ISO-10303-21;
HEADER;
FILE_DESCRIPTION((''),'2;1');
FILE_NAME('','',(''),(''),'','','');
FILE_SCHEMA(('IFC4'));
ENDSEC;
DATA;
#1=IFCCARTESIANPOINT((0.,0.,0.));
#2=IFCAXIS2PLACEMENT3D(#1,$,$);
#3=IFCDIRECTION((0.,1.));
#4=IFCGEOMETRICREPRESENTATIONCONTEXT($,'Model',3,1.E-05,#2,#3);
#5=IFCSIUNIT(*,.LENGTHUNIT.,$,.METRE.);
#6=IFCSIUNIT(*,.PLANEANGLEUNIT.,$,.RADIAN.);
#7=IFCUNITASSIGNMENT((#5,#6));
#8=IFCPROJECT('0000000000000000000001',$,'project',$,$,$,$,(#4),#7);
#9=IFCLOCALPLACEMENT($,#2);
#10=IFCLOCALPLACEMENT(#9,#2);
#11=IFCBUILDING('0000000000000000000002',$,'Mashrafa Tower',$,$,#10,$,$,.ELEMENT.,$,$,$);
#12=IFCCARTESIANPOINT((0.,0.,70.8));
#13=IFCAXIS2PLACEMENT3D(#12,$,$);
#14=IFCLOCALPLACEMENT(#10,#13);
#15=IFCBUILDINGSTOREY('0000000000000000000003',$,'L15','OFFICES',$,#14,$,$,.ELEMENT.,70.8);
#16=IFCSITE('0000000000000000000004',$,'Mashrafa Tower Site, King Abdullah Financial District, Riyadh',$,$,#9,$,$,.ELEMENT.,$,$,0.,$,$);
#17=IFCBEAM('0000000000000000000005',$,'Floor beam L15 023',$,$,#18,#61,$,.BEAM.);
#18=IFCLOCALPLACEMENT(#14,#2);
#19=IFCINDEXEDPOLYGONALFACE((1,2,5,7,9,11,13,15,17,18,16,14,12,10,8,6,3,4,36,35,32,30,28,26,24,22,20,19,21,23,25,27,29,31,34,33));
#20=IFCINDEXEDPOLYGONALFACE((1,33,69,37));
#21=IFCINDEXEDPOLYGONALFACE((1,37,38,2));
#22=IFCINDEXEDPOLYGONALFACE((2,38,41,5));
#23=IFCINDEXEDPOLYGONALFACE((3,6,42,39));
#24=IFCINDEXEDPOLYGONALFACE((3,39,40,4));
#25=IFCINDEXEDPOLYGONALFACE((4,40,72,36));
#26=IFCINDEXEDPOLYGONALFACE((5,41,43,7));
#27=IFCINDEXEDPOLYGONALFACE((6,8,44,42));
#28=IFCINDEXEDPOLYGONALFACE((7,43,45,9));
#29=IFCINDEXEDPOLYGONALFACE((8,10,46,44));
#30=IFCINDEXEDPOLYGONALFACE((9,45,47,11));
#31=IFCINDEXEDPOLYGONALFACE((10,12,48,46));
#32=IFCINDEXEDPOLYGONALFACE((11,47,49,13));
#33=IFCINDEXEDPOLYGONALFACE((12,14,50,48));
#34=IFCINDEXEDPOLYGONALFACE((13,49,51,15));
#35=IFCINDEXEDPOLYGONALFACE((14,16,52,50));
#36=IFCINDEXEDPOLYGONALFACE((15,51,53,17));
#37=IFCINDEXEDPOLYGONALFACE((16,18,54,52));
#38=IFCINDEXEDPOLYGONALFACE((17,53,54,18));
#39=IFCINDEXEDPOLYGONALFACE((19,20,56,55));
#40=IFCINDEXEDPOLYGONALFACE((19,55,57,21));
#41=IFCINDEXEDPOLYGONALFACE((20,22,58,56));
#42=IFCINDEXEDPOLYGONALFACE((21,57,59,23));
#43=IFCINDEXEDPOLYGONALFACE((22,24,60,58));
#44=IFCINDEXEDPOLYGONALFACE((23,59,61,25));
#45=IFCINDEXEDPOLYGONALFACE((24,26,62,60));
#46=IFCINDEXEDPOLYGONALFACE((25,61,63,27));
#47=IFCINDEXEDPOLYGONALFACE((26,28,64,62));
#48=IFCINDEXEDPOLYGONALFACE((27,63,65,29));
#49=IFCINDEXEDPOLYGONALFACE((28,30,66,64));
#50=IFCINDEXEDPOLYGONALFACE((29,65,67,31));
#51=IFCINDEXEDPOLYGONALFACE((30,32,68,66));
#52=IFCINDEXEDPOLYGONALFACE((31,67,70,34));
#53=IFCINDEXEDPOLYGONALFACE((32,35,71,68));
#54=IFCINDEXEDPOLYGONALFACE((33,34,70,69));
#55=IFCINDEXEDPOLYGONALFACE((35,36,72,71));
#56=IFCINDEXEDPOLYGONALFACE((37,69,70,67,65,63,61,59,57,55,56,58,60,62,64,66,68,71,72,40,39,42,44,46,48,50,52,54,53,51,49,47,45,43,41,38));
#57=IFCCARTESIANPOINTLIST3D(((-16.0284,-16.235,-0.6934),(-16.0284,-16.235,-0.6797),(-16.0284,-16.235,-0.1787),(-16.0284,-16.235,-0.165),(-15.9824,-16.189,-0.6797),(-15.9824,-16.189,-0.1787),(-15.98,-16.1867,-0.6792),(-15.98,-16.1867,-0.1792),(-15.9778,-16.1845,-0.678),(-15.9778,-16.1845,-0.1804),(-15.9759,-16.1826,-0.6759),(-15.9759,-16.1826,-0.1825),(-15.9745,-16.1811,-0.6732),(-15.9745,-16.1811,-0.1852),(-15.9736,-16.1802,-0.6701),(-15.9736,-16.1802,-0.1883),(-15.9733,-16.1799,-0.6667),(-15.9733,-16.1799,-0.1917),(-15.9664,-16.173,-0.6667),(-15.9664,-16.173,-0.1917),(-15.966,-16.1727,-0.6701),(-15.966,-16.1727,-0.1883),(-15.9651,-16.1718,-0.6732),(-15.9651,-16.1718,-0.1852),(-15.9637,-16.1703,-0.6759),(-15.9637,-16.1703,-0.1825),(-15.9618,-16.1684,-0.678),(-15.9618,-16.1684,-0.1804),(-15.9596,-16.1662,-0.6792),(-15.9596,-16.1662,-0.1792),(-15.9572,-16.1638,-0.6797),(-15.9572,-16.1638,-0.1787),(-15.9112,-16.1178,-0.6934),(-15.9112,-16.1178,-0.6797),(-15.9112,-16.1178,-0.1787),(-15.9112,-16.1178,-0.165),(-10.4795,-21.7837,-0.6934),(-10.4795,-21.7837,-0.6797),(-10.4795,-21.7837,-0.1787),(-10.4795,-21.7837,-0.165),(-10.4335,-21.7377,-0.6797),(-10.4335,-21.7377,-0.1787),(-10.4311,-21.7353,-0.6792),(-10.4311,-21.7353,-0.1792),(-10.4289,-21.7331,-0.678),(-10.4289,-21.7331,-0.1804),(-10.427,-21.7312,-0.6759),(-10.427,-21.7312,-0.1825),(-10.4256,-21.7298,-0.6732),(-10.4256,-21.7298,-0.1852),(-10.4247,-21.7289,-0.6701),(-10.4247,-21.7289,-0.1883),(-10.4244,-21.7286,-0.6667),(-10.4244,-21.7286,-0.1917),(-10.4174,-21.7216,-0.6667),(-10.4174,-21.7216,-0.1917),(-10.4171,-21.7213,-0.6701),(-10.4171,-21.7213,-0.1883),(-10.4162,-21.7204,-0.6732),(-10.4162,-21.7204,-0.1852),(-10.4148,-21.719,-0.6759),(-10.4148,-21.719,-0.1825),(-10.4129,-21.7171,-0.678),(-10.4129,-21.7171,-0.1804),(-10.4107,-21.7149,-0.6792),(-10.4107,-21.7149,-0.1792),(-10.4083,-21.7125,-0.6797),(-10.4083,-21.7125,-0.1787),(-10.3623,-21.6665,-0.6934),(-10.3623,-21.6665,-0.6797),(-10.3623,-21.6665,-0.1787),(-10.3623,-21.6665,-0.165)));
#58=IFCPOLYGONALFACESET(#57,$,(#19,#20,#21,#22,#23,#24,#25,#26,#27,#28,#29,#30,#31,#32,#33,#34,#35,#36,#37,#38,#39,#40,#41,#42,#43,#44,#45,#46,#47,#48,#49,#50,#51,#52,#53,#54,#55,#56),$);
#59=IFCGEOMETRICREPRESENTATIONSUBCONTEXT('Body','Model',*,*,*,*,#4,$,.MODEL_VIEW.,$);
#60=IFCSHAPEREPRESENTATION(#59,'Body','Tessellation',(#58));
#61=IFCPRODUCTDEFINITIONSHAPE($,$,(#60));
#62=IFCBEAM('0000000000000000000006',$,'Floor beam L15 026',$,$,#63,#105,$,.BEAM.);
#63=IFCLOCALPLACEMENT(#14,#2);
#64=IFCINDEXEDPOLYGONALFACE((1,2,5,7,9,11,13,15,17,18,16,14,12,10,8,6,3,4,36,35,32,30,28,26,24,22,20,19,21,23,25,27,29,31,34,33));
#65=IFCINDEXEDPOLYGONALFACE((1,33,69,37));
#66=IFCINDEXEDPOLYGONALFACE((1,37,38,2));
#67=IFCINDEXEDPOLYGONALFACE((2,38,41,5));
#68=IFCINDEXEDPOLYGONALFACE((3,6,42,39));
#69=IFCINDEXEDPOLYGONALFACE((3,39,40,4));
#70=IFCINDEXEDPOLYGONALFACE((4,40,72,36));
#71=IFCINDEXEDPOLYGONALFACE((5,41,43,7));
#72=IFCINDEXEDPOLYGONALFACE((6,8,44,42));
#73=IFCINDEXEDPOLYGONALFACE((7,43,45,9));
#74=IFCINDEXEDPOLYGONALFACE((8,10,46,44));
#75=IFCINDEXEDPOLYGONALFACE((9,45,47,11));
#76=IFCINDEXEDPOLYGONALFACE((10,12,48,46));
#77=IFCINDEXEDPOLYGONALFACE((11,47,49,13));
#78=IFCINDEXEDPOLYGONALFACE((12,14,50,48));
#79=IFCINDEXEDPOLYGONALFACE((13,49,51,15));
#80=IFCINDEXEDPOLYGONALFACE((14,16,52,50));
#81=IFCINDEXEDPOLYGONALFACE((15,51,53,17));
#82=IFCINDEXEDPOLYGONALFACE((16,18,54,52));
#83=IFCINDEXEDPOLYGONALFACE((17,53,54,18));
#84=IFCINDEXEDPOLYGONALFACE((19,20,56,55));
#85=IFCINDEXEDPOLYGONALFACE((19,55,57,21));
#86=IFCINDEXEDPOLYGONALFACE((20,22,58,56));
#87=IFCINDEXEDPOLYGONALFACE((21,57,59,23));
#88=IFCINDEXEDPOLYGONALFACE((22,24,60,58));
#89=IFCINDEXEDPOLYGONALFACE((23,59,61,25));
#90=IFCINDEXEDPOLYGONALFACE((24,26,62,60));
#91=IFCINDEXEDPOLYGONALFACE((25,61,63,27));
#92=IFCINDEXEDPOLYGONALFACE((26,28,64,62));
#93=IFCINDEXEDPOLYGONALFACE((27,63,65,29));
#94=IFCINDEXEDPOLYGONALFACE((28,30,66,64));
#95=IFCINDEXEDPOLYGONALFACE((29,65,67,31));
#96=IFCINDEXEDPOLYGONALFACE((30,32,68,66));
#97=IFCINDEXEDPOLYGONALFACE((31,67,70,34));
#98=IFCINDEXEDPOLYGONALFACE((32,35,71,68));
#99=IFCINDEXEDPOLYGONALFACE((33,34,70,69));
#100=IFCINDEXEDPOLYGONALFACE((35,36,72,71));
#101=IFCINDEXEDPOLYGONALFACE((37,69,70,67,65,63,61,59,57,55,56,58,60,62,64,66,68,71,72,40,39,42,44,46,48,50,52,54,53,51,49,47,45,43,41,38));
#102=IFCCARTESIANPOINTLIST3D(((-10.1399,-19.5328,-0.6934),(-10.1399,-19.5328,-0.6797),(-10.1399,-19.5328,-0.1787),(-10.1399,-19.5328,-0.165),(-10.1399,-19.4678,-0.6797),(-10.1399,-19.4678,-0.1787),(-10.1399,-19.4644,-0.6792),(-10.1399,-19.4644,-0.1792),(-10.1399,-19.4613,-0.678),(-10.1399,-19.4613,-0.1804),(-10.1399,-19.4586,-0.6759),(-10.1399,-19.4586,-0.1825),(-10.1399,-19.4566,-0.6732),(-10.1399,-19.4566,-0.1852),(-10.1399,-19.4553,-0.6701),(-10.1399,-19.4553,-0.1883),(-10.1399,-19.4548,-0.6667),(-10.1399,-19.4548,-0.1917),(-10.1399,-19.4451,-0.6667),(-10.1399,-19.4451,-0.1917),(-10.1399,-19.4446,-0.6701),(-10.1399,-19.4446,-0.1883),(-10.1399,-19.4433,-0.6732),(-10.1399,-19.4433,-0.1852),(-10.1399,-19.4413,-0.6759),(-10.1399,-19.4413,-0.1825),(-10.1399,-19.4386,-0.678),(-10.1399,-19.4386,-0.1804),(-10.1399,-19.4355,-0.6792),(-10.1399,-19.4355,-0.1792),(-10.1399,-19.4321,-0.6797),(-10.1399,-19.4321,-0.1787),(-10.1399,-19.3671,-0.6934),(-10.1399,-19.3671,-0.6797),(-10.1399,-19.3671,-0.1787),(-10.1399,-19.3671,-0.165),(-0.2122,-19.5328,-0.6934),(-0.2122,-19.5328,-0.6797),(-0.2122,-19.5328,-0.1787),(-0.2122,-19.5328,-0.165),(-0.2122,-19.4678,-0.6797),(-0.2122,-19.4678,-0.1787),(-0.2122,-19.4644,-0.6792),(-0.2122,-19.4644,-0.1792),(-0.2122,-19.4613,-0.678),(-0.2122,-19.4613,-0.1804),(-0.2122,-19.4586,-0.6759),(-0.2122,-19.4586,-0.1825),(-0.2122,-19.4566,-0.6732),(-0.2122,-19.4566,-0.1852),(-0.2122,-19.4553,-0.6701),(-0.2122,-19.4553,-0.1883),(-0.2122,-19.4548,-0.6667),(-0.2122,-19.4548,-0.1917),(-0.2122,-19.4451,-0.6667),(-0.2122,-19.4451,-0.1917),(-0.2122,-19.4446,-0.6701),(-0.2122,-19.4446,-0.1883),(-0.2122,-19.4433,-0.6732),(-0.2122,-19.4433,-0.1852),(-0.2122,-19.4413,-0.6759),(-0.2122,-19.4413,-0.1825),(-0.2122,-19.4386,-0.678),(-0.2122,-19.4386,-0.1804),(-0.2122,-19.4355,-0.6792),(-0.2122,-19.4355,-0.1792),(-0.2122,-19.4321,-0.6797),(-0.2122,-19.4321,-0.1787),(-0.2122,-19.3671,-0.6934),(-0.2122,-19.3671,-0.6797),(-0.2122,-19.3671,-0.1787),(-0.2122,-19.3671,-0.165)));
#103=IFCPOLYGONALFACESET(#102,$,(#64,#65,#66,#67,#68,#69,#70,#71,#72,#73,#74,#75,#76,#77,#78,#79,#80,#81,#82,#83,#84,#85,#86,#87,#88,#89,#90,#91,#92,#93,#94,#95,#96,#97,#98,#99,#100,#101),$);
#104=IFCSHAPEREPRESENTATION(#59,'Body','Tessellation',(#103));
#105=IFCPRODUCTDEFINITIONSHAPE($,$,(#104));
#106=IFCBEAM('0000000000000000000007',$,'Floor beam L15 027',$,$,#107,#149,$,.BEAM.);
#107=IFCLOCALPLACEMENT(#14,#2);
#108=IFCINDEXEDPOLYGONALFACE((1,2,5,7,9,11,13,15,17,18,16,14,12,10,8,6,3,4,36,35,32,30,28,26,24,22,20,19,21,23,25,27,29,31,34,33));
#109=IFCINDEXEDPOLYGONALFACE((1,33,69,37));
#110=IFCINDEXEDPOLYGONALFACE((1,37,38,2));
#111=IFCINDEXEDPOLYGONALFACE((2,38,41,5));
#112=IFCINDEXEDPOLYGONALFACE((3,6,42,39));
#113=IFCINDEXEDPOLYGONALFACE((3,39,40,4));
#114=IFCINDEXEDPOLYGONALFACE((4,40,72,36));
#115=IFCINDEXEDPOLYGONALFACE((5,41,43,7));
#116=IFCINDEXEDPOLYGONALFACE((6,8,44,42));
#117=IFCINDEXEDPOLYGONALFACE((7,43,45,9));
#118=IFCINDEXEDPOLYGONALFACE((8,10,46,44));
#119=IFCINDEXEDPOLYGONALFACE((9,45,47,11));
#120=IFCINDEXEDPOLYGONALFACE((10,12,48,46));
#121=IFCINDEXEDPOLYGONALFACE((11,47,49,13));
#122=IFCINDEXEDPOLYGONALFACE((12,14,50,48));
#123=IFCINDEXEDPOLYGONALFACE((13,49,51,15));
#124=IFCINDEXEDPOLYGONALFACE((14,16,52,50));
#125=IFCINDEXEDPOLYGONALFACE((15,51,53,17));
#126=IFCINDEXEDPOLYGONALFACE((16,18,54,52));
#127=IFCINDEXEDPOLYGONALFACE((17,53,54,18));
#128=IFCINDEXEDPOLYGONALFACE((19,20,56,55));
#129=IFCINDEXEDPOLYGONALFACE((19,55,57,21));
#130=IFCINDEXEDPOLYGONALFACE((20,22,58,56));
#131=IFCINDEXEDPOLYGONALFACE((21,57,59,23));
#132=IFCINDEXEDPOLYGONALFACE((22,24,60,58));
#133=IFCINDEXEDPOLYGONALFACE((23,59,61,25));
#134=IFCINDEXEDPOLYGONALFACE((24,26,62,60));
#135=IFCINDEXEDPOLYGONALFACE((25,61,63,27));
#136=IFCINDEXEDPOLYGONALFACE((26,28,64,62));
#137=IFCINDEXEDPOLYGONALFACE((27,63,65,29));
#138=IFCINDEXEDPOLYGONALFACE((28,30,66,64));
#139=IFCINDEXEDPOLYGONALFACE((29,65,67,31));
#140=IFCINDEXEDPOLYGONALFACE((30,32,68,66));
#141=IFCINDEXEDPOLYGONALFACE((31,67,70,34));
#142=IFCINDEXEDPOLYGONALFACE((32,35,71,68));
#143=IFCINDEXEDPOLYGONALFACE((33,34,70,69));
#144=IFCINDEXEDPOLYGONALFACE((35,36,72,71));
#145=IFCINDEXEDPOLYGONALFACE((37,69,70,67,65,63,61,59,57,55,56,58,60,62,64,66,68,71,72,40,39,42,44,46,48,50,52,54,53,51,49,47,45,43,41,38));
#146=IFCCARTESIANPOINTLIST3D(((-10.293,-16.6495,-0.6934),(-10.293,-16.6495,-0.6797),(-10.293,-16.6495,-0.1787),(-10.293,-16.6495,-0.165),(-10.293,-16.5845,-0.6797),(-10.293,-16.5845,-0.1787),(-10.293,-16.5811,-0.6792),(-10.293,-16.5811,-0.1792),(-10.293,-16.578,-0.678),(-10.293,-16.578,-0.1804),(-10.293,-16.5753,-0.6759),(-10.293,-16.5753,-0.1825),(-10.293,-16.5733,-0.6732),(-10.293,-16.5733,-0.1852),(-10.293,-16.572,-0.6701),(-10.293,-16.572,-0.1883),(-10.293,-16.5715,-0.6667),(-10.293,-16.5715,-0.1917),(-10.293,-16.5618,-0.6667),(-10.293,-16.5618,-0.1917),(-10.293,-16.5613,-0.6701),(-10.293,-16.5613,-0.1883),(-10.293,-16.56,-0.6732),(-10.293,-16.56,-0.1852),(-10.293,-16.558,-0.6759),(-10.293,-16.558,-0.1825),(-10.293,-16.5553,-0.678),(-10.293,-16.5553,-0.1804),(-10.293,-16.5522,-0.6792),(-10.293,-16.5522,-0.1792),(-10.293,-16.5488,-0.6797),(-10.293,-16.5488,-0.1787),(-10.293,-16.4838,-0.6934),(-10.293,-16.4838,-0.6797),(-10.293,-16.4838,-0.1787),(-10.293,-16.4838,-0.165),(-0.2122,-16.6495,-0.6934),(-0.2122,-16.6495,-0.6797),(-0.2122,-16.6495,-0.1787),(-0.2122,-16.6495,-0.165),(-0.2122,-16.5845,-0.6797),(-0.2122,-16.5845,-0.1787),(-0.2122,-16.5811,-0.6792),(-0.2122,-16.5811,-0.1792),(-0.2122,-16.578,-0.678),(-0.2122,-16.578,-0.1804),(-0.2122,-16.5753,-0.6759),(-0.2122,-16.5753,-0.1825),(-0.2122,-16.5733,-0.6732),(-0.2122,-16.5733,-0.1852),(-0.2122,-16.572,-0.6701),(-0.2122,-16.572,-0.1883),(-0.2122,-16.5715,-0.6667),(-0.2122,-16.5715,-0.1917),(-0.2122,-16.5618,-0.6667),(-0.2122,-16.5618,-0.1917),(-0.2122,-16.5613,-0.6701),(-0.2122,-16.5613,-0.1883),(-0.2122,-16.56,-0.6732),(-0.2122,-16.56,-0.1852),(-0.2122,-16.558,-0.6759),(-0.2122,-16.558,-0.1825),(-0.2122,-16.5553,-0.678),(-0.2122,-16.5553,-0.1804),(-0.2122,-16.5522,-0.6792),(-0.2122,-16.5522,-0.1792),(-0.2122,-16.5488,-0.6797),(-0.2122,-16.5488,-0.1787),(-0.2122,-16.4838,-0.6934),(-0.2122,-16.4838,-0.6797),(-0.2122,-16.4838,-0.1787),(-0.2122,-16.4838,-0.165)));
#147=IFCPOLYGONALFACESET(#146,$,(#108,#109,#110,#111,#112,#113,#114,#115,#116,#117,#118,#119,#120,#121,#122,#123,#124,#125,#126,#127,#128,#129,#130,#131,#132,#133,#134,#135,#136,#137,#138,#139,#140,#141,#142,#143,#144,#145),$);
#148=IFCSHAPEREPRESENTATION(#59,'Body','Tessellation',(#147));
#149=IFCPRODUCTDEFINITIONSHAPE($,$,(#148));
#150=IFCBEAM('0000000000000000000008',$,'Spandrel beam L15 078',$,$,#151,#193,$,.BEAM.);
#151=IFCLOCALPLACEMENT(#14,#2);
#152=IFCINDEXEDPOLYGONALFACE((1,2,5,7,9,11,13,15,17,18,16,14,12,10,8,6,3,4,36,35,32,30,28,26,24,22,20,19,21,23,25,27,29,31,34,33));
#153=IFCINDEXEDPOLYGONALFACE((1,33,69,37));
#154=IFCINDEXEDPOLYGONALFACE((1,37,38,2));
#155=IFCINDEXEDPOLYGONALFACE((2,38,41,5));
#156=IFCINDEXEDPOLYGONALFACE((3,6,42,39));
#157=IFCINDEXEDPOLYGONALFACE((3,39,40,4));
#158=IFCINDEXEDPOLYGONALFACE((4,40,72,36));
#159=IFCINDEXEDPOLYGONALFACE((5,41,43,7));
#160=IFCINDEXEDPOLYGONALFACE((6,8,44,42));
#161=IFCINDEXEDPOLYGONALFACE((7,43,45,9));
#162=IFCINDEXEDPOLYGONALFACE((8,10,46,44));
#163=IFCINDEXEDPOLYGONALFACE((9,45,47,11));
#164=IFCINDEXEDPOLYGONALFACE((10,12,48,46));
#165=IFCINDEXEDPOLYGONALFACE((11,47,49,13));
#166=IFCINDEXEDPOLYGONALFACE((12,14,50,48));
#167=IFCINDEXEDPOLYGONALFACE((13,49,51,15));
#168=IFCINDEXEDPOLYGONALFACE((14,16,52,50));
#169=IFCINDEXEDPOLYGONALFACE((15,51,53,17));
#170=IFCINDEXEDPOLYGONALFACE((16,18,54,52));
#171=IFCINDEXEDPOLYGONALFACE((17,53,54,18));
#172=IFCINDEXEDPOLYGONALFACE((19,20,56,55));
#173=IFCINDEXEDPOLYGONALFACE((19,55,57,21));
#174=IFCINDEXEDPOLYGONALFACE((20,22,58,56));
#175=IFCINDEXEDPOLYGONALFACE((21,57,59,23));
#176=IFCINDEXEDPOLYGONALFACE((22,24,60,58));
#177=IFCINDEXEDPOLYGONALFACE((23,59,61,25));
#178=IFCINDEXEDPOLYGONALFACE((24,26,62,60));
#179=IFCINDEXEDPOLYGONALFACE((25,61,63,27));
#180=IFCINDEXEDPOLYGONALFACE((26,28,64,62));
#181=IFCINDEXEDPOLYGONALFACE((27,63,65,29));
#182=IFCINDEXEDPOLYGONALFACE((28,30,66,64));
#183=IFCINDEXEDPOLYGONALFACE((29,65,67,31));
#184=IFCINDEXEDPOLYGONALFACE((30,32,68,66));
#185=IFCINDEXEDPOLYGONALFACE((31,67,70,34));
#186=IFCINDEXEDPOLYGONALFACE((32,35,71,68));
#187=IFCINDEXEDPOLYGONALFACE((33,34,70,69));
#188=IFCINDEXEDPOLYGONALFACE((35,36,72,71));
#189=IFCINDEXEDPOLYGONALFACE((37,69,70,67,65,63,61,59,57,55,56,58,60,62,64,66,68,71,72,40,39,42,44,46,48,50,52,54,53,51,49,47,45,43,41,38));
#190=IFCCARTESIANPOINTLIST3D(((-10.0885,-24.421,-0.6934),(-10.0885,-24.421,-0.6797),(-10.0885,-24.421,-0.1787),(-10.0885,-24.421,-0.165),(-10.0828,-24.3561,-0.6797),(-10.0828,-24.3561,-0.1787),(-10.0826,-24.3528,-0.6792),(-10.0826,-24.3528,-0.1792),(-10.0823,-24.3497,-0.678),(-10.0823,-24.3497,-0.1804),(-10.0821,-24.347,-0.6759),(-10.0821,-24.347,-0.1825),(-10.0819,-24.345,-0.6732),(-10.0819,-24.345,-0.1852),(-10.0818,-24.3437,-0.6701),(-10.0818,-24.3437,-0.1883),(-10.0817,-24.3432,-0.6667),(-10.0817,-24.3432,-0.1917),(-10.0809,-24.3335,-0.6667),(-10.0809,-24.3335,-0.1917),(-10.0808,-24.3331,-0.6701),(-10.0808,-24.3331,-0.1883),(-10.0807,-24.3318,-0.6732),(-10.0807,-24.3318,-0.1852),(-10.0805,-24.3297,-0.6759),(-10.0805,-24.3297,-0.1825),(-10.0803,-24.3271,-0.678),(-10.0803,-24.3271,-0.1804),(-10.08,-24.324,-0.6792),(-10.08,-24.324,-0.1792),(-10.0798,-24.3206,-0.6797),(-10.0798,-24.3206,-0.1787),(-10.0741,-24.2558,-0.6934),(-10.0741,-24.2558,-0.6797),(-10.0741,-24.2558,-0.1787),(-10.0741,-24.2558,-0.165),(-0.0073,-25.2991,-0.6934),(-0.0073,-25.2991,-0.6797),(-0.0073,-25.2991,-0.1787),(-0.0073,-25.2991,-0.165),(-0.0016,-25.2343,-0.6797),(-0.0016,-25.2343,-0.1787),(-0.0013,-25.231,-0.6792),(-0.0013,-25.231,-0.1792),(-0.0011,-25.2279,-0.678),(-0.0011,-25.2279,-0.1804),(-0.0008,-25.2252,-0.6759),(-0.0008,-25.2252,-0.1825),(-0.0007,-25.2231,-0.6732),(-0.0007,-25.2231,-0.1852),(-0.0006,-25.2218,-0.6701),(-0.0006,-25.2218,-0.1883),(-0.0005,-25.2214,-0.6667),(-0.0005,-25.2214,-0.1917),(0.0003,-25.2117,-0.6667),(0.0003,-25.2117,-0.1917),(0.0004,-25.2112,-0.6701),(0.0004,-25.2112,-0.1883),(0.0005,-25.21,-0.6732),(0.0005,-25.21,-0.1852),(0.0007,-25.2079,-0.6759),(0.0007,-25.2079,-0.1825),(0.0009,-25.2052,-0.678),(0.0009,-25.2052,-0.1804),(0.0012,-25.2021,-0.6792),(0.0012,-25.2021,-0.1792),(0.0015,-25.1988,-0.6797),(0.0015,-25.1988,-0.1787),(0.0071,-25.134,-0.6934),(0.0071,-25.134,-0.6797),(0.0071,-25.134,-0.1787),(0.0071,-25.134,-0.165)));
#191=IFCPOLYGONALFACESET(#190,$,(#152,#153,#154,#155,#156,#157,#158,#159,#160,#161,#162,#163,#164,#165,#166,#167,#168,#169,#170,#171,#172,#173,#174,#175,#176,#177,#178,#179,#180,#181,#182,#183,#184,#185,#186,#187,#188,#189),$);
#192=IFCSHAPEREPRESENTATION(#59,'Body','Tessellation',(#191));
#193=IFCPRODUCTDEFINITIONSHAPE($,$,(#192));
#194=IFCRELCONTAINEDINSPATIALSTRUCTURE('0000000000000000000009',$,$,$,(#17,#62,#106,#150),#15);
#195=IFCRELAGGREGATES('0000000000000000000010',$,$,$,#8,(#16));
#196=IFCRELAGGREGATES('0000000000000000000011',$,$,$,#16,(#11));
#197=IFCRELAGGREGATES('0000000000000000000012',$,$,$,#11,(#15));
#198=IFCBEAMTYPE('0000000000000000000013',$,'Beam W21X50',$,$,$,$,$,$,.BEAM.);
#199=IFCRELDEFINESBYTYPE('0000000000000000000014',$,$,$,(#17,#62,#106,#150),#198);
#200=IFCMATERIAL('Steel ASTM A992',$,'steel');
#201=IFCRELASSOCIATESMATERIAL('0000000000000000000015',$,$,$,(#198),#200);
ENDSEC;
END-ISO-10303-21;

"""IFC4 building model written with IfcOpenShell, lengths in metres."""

from ifc_helpers import new_model, si_unit, direction, frame, origin, origin_2d, place, context, subcontext, project, spatial, i_section, extrude, material, material_profile, profile_set, type_object, element, save


model = new_model("IFC4")

# Units and contexts
model_context = context("Model", 3, precision=1e-05, world=origin(), true_north=direction((0.0, 1.0)))
body_context = subcontext(model_context, "Body", "Model", "MODEL_VIEW")
ifc_project = project(units=[si_unit("LENGTHUNIT", "METRE"), si_unit("PLANEANGLEUNIT", "RADIAN")], contexts=[model_context])

# Site, building, storey
site_placement = place(None, origin())
site = spatial("IfcSite", under=ifc_project, at=site_placement, Name="Mashrafa Tower Site, King Abdullah Financial District, Riyadh", CompositionType="ELEMENT", RefElevation=0.0)
building_placement = place(site_placement, origin())
building = spatial("IfcBuilding", under=site, at=building_placement, Name="Mashrafa Tower", CompositionType="ELEMENT")
storey_placement = place(building_placement, frame((0.0, 0.0, 70.8)))
storey = spatial("IfcBuildingStorey", under=building, at=storey_placement, Name="L15", Description="OFFICES", CompositionType="ELEMENT", Elevation=70.8)

# Beams
ifc_material_1 = material(Name="Steel ASTM A992", Category="steel")
ifc_material_profile_1 = material_profile(ifc_material_1, i_section(OverallWidth=0.1658, OverallDepth=0.5283, WebThickness=0.0098, FlangeThickness=0.0137, FilletRadius=0.0129, at=origin_2d()), Name="W21X50")
ifc_profile_set_1 = profile_set([ifc_material_profile_1], Name="Steel ASTM A992")
beam_type_1 = type_object("IfcBeamType", Name="Beam W21X50", PredefinedType="BEAM", material=ifc_profile_set_1)
beam_1_placement = place(storey_placement, frame((-10.4209, -21.7251, -0.4292), z_axis=(-0.707122, 0.707091, 0.0), x_axis=(-0.707091, -0.707122, 0.0)))
element("IfcBeam", 1, at=beam_1_placement, inside=storey, type_object=beam_type_1, Name="Floor beam L15 023", PredefinedType="BEAM", context=body_context, shape_type="SweptSolid", body=[
    extrude(i_section(OverallWidth=0.1658, OverallDepth=0.5283, WebThickness=0.0098, FlangeThickness=0.0137, FilletRadius=0.0129, at=origin_2d()), origin(), (0.0, 0.0, 1.0), 7.8472),
])
beam_2_placement = place(storey_placement, frame((-0.2122, -19.45, -0.4292), z_axis=(-1.0, 0.0, 0.0), x_axis=(0.0, -1.0, 0.0)))
element("IfcBeam", 2, at=beam_2_placement, inside=storey, type_object=beam_type_1, Name="Floor beam L15 026", PredefinedType="BEAM", context=body_context, shape_type="SweptSolid", body=[
    extrude(i_section(OverallWidth=0.1658, OverallDepth=0.5283, WebThickness=0.0098, FlangeThickness=0.0137, FilletRadius=0.0129, at=origin_2d()), origin(), (0.0, 0.0, 1.0), 9.9277),
])
beam_3_placement = place(storey_placement, frame((-0.2122, -16.5667, -0.4292), z_axis=(-1.0, 0.0, 0.0), x_axis=(0.0, -1.0, 0.0)))
element("IfcBeam", 3, at=beam_3_placement, inside=storey, type_object=beam_type_1, Name="Floor beam L15 027", PredefinedType="BEAM", context=body_context, shape_type="SweptSolid", body=[
    extrude(i_section(OverallWidth=0.1658, OverallDepth=0.5283, WebThickness=0.0098, FlangeThickness=0.0137, FilletRadius=0.0129, at=origin_2d()), origin(), (0.0, 0.0, 1.0), 10.0808),
])
beam_4_placement = place(storey_placement, frame((-10.0813, -24.3384, -0.4292), z_axis=(0.996227, -0.086781, 0.0), x_axis=(0.086781, 0.996227, 0.0)))
element("IfcBeam", 4, at=beam_4_placement, inside=storey, type_object=beam_type_1, Name="Spandrel beam L15 078", PredefinedType="BEAM", context=body_context, shape_type="SweptSolid", body=[
    extrude(i_section(OverallWidth=0.1658, OverallDepth=0.5283, WebThickness=0.0098, FlangeThickness=0.0137, FilletRadius=0.0129, at=origin_2d()), origin(), (0.0, 0.0, 1.0), 10.1194),
])

save(model, "model.ifc")
